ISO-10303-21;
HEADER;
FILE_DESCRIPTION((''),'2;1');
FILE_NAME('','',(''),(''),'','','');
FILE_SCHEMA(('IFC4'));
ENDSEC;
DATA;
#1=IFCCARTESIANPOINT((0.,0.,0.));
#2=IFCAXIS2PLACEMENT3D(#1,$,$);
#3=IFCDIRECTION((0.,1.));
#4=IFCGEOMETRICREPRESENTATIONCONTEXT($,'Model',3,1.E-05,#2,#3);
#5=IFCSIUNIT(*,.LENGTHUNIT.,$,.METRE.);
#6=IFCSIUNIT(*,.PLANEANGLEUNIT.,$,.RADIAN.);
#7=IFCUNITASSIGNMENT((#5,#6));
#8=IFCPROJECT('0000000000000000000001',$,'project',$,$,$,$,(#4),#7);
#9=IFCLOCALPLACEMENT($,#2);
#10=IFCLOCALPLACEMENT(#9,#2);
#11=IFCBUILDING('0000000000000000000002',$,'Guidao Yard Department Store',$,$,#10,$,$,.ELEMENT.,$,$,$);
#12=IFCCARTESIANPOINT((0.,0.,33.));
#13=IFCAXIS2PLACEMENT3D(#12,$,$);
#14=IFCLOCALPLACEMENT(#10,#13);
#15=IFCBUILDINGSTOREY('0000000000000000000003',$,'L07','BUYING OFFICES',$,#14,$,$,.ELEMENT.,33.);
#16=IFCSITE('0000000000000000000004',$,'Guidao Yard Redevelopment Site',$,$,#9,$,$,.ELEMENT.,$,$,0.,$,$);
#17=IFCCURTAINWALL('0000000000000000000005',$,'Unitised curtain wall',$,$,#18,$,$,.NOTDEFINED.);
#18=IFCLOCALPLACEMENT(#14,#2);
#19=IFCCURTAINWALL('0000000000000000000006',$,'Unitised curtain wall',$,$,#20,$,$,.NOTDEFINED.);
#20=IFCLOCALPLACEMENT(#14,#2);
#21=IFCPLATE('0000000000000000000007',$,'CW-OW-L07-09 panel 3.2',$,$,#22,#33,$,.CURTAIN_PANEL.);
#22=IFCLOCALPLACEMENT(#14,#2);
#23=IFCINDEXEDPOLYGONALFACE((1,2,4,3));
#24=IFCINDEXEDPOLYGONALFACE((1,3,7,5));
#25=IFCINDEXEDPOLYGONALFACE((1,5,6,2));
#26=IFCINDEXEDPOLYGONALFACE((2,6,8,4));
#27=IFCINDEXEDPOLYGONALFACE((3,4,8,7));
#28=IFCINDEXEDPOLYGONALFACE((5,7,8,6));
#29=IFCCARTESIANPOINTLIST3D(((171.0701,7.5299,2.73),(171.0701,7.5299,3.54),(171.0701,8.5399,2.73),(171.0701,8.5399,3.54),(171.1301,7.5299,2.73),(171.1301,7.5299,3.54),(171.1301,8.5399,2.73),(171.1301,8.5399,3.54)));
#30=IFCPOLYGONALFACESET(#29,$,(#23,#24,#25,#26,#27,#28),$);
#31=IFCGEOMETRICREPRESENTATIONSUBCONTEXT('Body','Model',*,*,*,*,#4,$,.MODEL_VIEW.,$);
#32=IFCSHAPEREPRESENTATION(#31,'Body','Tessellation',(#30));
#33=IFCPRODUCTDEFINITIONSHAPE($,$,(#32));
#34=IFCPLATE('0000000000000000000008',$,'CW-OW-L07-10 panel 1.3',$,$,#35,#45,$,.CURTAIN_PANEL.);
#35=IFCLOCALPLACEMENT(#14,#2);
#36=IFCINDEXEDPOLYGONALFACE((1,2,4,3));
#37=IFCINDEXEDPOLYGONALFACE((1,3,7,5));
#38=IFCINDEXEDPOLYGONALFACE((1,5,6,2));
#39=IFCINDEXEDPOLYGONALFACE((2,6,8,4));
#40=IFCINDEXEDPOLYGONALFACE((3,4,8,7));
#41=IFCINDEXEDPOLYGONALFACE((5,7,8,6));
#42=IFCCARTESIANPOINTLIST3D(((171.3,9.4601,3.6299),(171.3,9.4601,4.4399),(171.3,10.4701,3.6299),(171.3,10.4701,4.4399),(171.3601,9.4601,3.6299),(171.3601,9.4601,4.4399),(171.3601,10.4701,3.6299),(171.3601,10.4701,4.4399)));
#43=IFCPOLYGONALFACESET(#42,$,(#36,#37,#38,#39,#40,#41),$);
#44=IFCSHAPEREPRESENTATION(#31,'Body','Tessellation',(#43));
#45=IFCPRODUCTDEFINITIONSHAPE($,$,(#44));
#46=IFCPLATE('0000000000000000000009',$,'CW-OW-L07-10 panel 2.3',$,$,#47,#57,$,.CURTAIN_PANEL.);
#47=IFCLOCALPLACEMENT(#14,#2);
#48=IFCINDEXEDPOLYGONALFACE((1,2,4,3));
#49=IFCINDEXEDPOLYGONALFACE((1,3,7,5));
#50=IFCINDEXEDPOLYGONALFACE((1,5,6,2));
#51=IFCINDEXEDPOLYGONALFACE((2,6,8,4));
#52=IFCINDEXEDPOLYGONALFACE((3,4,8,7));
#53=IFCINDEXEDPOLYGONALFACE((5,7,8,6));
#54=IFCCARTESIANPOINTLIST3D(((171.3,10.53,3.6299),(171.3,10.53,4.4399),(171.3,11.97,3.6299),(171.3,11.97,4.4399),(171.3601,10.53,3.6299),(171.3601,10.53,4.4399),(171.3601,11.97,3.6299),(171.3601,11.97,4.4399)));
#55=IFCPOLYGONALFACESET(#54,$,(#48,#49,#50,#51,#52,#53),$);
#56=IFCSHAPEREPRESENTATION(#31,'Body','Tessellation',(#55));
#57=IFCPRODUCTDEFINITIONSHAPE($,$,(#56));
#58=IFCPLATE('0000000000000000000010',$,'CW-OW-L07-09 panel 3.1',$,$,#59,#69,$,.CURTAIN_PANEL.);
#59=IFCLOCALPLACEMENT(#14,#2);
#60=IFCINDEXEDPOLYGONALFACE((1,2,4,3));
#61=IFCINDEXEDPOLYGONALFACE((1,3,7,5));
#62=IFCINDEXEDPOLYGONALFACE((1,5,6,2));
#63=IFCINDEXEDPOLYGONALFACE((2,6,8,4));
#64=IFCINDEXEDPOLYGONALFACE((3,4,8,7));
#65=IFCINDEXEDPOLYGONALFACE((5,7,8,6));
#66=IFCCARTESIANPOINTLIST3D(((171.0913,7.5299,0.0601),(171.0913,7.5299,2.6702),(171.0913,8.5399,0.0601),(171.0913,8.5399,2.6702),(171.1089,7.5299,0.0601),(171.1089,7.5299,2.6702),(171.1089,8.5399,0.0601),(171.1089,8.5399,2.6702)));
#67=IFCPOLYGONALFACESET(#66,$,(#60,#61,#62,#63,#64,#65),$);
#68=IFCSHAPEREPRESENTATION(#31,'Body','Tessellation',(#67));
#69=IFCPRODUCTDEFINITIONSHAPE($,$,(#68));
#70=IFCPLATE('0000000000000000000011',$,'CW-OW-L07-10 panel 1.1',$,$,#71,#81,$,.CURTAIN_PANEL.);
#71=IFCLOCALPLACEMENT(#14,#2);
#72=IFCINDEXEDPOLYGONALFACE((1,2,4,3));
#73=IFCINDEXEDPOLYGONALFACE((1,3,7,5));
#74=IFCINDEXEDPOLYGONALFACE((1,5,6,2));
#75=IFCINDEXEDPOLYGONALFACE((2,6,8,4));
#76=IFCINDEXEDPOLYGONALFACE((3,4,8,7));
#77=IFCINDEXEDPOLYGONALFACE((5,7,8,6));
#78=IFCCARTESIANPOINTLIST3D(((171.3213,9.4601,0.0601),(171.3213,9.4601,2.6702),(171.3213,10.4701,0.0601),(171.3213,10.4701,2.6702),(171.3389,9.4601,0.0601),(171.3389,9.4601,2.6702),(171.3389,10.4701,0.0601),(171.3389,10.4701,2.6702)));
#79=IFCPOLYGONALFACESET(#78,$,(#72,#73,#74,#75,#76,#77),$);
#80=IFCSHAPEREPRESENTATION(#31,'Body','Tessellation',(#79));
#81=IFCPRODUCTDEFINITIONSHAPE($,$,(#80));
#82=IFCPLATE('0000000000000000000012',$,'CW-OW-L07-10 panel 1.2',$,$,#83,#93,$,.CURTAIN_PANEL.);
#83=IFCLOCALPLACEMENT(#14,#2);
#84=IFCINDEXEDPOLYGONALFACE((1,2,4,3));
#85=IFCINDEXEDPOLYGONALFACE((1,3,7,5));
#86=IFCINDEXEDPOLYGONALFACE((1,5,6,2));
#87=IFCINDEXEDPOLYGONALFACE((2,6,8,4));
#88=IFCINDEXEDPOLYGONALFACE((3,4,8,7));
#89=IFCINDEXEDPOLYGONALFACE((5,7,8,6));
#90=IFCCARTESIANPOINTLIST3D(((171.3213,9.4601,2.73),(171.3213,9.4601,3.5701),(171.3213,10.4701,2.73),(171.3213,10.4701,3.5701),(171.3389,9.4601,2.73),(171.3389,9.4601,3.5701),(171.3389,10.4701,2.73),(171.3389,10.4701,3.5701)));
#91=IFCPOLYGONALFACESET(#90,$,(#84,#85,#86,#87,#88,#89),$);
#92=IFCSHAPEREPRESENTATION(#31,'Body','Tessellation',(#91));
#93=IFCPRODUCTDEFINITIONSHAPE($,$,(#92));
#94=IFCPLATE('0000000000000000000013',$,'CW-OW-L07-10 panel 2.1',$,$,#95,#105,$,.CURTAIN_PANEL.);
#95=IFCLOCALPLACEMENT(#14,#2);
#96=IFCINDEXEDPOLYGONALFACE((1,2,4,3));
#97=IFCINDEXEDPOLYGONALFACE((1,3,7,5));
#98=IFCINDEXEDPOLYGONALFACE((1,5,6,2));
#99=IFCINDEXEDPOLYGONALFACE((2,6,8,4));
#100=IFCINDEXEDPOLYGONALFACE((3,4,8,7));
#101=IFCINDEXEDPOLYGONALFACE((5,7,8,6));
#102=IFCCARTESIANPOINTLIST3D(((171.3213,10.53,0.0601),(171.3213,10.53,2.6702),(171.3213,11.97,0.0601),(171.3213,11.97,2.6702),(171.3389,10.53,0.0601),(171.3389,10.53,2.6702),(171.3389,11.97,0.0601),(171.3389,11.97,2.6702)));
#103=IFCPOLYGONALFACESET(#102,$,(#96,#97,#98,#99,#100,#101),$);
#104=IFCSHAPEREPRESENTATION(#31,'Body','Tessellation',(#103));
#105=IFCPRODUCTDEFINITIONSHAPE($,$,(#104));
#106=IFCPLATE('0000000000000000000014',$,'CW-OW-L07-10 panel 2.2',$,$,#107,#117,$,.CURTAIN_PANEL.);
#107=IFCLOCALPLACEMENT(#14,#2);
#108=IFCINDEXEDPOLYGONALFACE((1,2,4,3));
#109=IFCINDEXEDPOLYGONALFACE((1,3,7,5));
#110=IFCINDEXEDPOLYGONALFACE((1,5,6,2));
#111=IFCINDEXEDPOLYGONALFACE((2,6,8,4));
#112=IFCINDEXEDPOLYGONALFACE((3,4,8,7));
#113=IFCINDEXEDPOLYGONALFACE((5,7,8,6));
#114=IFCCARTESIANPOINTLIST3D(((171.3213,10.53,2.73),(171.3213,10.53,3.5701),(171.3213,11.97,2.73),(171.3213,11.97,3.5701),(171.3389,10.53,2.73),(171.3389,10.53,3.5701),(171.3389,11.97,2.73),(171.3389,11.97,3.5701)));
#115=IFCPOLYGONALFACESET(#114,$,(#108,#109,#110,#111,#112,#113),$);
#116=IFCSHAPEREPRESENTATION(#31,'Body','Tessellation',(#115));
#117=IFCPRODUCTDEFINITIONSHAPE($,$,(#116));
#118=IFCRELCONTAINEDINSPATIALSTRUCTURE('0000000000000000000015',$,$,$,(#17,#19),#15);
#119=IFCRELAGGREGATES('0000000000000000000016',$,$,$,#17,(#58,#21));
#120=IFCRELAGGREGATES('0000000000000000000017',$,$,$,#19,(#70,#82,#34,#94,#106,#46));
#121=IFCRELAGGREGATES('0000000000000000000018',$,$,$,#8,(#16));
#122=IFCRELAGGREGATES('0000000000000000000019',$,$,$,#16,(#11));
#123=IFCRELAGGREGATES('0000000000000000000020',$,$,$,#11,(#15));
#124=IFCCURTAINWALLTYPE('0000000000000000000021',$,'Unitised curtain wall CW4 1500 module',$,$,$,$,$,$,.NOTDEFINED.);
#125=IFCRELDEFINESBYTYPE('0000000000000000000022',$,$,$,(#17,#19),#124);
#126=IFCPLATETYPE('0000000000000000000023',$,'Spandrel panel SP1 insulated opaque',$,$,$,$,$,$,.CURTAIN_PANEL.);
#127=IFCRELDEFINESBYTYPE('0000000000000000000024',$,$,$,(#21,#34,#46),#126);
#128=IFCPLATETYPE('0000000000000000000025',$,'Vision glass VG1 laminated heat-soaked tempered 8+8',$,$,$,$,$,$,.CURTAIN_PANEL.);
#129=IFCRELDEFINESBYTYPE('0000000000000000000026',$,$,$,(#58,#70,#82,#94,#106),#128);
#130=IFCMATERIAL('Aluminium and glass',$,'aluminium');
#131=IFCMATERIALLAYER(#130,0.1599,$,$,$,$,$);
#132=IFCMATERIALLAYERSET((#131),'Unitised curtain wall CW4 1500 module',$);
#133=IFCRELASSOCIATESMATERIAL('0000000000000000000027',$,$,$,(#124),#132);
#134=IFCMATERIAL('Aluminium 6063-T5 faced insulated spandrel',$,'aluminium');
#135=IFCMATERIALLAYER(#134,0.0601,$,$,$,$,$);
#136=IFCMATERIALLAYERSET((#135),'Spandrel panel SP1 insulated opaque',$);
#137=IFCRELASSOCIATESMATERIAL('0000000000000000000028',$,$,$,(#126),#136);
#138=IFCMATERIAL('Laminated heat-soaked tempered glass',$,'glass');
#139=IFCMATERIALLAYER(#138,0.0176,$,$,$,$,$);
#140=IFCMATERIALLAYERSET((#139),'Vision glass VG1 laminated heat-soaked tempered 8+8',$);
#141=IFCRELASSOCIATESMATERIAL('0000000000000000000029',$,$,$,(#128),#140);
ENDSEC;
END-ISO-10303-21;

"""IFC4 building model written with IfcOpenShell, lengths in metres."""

from ifc_helpers import new_model, si_unit, direction, frame, origin, origin_2d, place, context, subcontext, project, spatial, rectangle, extrude, material, layer, layer_set, type_object, element, aggregate, save


model = new_model("IFC4")

# Units and contexts
model_context = context("Model", 3, precision=1e-05, world=origin(), true_north=direction((0.0, 1.0)))
body_context = subcontext(model_context, "Body", "Model", "MODEL_VIEW")
ifc_project = project(units=[si_unit("LENGTHUNIT", "METRE"), si_unit("PLANEANGLEUNIT", "RADIAN")], contexts=[model_context])

# Site, building, storey
site_placement = place(None, origin())
site = spatial("IfcSite", under=ifc_project, at=site_placement, Name="Guidao Yard Redevelopment Site", CompositionType="ELEMENT", RefElevation=0.0)
building_placement = place(site_placement, origin())
building = spatial("IfcBuilding", under=site, at=building_placement, Name="Guidao Yard Department Store", CompositionType="ELEMENT")
storey_placement = place(building_placement, frame((0.0, 0.0, 33.0)))
storey = spatial("IfcBuildingStorey", under=building, at=storey_placement, Name="L07", Description="BUYING OFFICES", CompositionType="ELEMENT", Elevation=33.0)

# Curtain walls
ifc_material_1 = material(Name="Aluminium and glass", Category="aluminium")
ifc_layer_1 = layer(ifc_material_1, 0.1599)
ifc_layer_set_1 = layer_set([ifc_layer_1], Name="Unitised curtain wall CW4 1500 module")
curtain_wall_type = type_object("IfcCurtainWallType", Name="Unitised curtain wall CW4 1500 module", PredefinedType="NOTDEFINED", material=ifc_layer_set_1)
curtain_wall_1_placement = place(storey_placement, origin())
curtain_wall_1 = element("IfcCurtainWall", 1, at=curtain_wall_1_placement, inside=storey, type_object=curtain_wall_type, Name="Unitised curtain wall", PredefinedType="NOTDEFINED")
curtain_wall_2_placement = place(storey_placement, origin())
curtain_wall_2 = element("IfcCurtainWall", 2, at=curtain_wall_2_placement, inside=storey, type_object=curtain_wall_type, Name="Unitised curtain wall", PredefinedType="NOTDEFINED")

# Plates
ifc_material_2 = material(Name="Aluminium 6063-T5 faced insulated spandrel", Category="aluminium")
ifc_layer_2 = layer(ifc_material_2, 0.0601)
ifc_layer_set_2 = layer_set([ifc_layer_2], Name="Spandrel panel SP1 insulated opaque")
plate_type_1 = type_object("IfcPlateType", Name="Spandrel panel SP1 insulated opaque", PredefinedType="CURTAIN_PANEL", material=ifc_layer_set_2)
plate_1_placement = place(storey_placement, frame((171.1001, 8.0349, 2.73), z_axis=(0.0, 0.0, 1.0), x_axis=(0.0, -1.0, 0.0)))
plate_1 = element("IfcPlate", 3, at=plate_1_placement, type_object=plate_type_1, Name="CW-OW-L07-09 panel 3.2", PredefinedType="CURTAIN_PANEL", context=body_context, shape_type="SweptSolid", body=[
    extrude(rectangle(XDim=1.01, YDim=0.0601, at=origin_2d()), origin(), (0.0, 0.0, 1.0), 0.8101),
])
plate_2_placement = place(storey_placement, frame((171.3301, 9.9651, 3.6299), z_axis=(0.0, 0.0, 1.0), x_axis=(0.0, -1.0, 0.0)))
plate_2 = element("IfcPlate", 4, at=plate_2_placement, type_object=plate_type_1, Name="CW-OW-L07-10 panel 1.3", PredefinedType="CURTAIN_PANEL", context=body_context, shape_type="SweptSolid", body=[
    extrude(rectangle(XDim=1.01, YDim=0.0601, at=origin_2d()), origin(), (0.0, 0.0, 1.0), 0.8101),
])
plate_3_placement = place(storey_placement, frame((171.3301, 11.25, 3.6299), z_axis=(0.0, 0.0, 1.0), x_axis=(0.0, -1.0, 0.0)))
plate_3 = element("IfcPlate", 5, at=plate_3_placement, type_object=plate_type_1, Name="CW-OW-L07-10 panel 2.3", PredefinedType="CURTAIN_PANEL", context=body_context, shape_type="SweptSolid", body=[
    extrude(rectangle(XDim=1.4399, YDim=0.0601, at=origin_2d()), origin(), (0.0, 0.0, 1.0), 0.8101),
])
ifc_material_3 = material(Name="Laminated heat-soaked tempered glass", Category="glass")
ifc_layer_3 = layer(ifc_material_3, 0.0176)
ifc_layer_set_3 = layer_set([ifc_layer_3], Name="Vision glass VG1 laminated heat-soaked tempered 8+8")
plate_type_2 = type_object("IfcPlateType", Name="Vision glass VG1 laminated heat-soaked tempered 8+8", PredefinedType="CURTAIN_PANEL", material=ifc_layer_set_3)
plate_4_placement = place(storey_placement, frame((171.1001, 8.0349, 0.0601), z_axis=(0.0, 0.0, 1.0), x_axis=(0.0, -1.0, 0.0)))
plate_4 = element("IfcPlate", 6, at=plate_4_placement, type_object=plate_type_2, Name="CW-OW-L07-09 panel 3.1", PredefinedType="CURTAIN_PANEL", context=body_context, shape_type="SweptSolid", body=[
    extrude(rectangle(XDim=1.01, YDim=0.0176, at=origin_2d()), origin(), (0.0, 0.0, 1.0), 2.6101),
])
aggregate(curtain_wall_1, [plate_4, plate_1])
plate_5_placement = place(storey_placement, frame((171.3301, 9.9651, 0.0601), z_axis=(0.0, 0.0, 1.0), x_axis=(0.0, -1.0, 0.0)))
plate_5 = element("IfcPlate", 7, at=plate_5_placement, type_object=plate_type_2, Name="CW-OW-L07-10 panel 1.1", PredefinedType="CURTAIN_PANEL", context=body_context, shape_type="SweptSolid", body=[
    extrude(rectangle(XDim=1.01, YDim=0.0176, at=origin_2d()), origin(), (0.0, 0.0, 1.0), 2.6101),
])
plate_6_placement = place(storey_placement, frame((171.3301, 9.9651, 2.73), z_axis=(0.0, 0.0, 1.0), x_axis=(0.0, -1.0, 0.0)))
plate_6 = element("IfcPlate", 8, at=plate_6_placement, type_object=plate_type_2, Name="CW-OW-L07-10 panel 1.2", PredefinedType="CURTAIN_PANEL", context=body_context, shape_type="SweptSolid", body=[
    extrude(rectangle(XDim=1.01, YDim=0.0176, at=origin_2d()), origin(), (0.0, 0.0, 1.0), 0.8401),
])
plate_7_placement = place(storey_placement, frame((171.3301, 11.25, 0.0601), z_axis=(0.0, 0.0, 1.0), x_axis=(0.0, -1.0, 0.0)))
plate_7 = element("IfcPlate", 9, at=plate_7_placement, type_object=plate_type_2, Name="CW-OW-L07-10 panel 2.1", PredefinedType="CURTAIN_PANEL", context=body_context, shape_type="SweptSolid", body=[
    extrude(rectangle(XDim=1.4399, YDim=0.0176, at=origin_2d()), origin(), (0.0, 0.0, 1.0), 2.6101),
])
plate_8_placement = place(storey_placement, frame((171.3301, 11.25, 2.73), z_axis=(0.0, 0.0, 1.0), x_axis=(0.0, -1.0, 0.0)))
plate_8 = element("IfcPlate", 10, at=plate_8_placement, type_object=plate_type_2, Name="CW-OW-L07-10 panel 2.2", PredefinedType="CURTAIN_PANEL", context=body_context, shape_type="SweptSolid", body=[
    extrude(rectangle(XDim=1.4399, YDim=0.0176, at=origin_2d()), origin(), (0.0, 0.0, 1.0), 0.8401),
])
aggregate(curtain_wall_2, [plate_5, plate_6, plate_2, plate_7, plate_8, plate_3])

save(model, "model.ifc")
